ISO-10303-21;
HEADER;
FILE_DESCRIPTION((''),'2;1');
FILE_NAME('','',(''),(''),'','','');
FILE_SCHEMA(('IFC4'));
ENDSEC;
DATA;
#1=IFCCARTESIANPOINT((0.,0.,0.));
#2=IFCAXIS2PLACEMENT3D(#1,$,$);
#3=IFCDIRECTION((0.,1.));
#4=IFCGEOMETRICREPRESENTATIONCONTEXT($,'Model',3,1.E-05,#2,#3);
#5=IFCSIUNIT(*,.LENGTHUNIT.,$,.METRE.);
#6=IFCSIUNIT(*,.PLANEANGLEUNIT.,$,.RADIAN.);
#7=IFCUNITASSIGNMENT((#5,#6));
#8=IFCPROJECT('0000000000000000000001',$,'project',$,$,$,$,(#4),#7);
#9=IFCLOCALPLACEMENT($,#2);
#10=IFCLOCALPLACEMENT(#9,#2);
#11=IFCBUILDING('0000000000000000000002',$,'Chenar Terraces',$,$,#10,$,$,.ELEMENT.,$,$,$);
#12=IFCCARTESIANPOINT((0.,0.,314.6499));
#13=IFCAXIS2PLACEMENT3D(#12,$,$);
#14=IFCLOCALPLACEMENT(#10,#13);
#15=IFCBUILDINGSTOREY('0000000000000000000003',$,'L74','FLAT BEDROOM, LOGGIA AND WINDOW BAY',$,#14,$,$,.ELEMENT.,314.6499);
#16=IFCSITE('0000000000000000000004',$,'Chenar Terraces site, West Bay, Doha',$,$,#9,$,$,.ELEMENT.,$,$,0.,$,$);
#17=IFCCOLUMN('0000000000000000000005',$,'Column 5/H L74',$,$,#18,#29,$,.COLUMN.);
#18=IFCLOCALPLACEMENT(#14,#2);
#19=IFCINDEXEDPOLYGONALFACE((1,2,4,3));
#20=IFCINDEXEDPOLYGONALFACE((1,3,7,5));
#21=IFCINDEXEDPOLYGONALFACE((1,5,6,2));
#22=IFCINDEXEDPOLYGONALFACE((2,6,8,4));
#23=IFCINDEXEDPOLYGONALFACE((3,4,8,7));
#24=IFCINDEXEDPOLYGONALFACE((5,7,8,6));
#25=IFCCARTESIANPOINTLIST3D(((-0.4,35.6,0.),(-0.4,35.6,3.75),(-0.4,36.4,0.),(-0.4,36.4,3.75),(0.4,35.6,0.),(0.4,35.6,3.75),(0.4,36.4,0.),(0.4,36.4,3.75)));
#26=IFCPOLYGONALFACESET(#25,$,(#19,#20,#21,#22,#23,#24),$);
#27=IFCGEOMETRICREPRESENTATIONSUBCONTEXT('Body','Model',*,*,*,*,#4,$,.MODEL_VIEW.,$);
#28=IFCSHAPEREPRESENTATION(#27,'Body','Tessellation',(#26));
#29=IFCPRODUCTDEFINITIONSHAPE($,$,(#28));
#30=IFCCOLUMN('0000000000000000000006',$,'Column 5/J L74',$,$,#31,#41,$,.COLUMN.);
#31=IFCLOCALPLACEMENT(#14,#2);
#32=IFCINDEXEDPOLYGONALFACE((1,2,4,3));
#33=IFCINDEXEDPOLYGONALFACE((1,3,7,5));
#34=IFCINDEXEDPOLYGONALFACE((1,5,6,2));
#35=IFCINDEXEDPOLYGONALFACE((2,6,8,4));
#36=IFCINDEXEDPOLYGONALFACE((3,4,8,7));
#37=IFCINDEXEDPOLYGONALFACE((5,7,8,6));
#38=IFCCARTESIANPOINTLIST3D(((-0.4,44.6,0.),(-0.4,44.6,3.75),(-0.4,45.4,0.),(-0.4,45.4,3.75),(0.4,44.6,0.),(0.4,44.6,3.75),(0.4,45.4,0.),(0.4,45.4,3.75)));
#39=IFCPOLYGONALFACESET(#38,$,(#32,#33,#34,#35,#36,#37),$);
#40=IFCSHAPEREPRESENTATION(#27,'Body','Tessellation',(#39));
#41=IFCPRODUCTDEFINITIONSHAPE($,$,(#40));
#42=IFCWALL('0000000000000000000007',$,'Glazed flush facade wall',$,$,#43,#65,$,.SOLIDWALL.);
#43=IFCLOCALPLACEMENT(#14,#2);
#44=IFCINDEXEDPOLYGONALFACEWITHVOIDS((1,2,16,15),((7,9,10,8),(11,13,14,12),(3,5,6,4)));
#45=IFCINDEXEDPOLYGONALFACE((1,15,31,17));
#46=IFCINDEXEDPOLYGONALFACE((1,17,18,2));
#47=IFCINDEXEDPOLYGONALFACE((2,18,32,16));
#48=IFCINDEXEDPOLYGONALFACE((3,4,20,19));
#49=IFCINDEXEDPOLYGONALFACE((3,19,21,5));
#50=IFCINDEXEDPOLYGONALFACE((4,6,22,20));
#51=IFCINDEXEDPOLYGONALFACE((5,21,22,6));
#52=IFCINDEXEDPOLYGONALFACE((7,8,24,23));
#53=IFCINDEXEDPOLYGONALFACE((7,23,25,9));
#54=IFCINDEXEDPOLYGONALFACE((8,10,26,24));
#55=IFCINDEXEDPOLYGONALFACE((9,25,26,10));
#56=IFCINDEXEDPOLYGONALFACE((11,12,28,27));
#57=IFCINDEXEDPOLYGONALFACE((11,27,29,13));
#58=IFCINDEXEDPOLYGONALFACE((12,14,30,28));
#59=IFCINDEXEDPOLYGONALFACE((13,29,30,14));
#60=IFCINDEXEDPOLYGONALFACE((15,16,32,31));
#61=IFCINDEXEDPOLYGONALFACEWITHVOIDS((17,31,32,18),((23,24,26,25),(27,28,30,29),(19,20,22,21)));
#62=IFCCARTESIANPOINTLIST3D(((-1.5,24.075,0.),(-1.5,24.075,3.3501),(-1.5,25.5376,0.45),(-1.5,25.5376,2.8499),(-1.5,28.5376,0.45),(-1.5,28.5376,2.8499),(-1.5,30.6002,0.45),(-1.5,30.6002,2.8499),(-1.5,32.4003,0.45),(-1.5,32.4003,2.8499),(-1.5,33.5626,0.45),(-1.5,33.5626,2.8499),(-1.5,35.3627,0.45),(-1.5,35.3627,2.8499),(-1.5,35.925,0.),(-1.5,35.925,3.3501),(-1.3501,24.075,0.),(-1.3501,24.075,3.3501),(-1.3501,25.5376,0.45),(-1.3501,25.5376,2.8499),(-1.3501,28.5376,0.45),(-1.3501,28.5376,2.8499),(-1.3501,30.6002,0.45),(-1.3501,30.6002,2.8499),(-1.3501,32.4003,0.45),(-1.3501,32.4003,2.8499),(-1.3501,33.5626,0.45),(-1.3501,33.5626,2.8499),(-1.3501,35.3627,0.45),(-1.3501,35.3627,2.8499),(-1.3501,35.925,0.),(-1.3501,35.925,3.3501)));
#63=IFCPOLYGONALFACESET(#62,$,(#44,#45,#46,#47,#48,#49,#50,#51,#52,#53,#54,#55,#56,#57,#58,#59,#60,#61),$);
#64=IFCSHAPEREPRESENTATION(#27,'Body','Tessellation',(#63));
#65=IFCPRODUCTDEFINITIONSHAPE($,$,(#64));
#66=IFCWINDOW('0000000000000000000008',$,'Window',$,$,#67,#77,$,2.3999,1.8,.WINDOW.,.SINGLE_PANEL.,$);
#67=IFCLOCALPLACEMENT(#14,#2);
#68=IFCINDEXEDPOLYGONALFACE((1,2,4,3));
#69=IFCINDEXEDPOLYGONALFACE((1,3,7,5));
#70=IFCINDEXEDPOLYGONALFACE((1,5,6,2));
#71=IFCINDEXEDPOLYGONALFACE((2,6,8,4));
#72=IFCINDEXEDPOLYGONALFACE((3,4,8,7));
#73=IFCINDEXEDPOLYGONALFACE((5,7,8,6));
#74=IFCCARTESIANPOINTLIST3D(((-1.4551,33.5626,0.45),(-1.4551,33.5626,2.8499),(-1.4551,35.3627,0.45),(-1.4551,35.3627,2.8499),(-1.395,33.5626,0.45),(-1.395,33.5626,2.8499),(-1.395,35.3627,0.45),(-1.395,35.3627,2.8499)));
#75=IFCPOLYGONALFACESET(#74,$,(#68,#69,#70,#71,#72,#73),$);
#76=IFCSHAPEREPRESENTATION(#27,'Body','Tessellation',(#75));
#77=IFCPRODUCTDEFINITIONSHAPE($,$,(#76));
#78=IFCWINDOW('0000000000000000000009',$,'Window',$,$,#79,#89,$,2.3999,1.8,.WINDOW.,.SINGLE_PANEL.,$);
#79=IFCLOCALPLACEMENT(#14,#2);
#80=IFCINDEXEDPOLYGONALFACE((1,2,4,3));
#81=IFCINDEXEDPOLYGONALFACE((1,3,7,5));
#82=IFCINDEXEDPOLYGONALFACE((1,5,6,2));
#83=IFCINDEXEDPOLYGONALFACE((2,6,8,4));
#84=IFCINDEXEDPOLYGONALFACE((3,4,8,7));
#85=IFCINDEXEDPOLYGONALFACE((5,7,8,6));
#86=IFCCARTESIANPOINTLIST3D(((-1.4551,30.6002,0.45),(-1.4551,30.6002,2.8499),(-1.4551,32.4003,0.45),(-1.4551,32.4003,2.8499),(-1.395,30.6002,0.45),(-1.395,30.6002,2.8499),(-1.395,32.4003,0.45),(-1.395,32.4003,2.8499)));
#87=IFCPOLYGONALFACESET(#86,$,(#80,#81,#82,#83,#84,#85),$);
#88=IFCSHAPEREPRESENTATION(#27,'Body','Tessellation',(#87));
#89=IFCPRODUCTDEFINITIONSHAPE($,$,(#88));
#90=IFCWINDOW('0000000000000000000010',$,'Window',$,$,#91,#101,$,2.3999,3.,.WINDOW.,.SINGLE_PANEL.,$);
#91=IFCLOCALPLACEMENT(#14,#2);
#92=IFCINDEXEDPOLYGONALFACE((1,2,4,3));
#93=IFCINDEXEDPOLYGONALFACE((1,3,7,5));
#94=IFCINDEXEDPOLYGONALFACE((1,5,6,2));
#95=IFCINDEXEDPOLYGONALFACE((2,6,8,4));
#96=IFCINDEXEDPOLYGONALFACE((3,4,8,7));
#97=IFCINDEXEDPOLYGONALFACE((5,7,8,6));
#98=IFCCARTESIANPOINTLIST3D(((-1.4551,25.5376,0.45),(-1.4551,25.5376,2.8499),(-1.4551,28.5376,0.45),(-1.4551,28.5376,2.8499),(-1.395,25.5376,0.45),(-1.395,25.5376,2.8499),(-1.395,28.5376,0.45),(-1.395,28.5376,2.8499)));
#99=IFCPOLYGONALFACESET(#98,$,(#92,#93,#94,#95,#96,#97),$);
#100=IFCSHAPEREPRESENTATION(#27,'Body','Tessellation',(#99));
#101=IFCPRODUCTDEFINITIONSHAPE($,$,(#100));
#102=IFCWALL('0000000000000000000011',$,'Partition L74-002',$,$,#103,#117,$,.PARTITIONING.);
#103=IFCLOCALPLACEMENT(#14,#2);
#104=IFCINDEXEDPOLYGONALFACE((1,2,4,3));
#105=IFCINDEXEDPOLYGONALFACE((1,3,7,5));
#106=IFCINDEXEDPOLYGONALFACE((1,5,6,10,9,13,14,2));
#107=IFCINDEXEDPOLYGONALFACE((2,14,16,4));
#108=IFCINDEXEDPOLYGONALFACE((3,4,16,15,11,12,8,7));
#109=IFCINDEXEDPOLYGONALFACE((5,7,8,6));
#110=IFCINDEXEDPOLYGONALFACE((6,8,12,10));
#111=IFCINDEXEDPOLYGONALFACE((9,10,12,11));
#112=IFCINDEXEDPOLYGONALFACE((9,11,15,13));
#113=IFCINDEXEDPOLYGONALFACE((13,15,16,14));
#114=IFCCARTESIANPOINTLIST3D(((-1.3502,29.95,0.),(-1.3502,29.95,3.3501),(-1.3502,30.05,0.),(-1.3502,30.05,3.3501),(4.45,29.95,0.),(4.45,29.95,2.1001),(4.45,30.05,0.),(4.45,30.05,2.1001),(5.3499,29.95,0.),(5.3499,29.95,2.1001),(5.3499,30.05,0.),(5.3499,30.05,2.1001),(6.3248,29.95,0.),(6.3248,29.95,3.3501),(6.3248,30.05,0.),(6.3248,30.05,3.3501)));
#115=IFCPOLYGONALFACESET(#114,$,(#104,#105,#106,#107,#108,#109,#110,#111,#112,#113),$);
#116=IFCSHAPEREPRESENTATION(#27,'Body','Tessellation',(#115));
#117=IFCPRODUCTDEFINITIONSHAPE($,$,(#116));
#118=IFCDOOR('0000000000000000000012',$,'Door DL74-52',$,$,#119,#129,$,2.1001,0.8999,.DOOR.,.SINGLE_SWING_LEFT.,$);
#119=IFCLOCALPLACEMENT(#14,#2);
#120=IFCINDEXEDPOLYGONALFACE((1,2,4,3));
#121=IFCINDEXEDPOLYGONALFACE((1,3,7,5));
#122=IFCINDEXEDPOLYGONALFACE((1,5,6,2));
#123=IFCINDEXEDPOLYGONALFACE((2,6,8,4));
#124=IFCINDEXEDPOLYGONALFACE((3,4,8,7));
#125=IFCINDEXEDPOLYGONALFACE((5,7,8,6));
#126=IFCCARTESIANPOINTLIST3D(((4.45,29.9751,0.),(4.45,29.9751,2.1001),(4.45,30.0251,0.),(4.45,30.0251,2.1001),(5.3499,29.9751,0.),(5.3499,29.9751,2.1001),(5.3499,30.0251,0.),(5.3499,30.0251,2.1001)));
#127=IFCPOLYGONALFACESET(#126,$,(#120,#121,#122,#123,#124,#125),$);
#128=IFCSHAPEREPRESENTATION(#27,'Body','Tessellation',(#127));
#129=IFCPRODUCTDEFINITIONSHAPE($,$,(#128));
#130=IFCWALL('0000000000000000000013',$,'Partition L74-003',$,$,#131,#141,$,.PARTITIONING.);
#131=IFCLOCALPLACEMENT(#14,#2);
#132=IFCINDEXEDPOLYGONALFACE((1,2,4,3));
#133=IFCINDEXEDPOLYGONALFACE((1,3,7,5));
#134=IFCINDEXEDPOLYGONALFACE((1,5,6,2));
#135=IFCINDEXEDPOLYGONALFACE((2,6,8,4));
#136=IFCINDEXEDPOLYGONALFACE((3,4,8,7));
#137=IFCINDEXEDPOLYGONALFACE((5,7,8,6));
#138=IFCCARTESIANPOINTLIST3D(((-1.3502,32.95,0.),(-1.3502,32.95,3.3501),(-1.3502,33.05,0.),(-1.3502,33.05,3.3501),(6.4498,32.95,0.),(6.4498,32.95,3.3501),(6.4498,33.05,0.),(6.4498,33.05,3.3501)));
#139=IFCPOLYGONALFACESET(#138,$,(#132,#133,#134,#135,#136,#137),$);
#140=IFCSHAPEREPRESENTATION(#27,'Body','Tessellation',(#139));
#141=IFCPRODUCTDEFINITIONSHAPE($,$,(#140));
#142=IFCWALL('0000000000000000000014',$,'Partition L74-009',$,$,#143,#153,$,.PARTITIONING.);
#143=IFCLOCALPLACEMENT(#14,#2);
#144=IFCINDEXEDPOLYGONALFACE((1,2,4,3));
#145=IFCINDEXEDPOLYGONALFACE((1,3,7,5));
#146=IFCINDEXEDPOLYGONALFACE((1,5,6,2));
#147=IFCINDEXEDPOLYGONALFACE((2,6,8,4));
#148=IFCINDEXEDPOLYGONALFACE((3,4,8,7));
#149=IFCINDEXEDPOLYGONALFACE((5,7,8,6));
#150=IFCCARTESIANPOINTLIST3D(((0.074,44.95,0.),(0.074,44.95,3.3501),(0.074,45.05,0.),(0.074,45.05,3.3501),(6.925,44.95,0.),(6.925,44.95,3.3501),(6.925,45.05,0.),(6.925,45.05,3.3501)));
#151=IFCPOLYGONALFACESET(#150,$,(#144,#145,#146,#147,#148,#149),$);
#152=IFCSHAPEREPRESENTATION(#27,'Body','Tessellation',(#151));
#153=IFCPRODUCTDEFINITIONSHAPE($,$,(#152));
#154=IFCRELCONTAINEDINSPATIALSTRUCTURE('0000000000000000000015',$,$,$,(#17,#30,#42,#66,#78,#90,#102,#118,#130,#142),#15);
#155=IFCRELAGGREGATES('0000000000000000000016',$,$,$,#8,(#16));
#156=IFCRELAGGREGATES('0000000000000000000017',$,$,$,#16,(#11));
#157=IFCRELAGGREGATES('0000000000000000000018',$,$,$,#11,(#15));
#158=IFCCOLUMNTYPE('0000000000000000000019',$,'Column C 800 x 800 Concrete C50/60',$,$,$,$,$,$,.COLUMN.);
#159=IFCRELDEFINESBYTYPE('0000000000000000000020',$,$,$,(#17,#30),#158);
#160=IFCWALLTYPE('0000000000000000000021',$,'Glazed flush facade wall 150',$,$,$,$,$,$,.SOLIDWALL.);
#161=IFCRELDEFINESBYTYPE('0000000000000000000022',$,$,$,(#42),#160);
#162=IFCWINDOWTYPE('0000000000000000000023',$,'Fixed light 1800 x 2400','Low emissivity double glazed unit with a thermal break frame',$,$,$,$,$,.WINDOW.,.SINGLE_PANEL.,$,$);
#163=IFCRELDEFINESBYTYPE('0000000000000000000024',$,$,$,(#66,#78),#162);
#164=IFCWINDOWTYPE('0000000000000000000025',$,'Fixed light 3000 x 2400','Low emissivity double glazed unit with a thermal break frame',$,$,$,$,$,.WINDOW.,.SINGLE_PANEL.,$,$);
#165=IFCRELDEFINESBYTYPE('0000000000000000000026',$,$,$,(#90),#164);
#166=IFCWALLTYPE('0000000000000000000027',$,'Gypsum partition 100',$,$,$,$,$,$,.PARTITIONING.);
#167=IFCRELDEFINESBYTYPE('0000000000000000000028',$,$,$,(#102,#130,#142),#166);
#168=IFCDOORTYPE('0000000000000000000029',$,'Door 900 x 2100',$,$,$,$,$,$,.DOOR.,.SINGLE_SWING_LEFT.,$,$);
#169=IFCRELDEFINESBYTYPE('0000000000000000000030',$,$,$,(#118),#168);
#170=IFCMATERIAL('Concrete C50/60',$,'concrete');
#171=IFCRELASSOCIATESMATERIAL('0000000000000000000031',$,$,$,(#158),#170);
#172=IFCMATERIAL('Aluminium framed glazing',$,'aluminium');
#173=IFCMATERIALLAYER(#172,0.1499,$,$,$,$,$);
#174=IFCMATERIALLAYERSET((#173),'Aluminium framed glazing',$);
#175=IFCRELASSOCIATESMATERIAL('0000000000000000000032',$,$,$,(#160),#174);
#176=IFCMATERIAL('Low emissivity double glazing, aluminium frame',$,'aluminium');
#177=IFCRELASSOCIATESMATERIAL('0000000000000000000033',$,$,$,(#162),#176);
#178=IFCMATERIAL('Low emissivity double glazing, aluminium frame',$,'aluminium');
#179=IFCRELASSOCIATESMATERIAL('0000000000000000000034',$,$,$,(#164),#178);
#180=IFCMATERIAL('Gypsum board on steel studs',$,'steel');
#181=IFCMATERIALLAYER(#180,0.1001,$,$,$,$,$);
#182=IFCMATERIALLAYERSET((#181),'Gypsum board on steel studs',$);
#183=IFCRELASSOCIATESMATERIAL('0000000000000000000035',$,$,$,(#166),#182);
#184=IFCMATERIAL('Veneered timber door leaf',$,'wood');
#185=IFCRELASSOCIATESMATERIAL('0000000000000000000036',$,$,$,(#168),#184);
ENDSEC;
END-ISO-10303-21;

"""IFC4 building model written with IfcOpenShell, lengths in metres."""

from ifc_helpers import new_model, si_unit, direction, frame, frame_2d, origin, origin_2d, place, context, subcontext, project, spatial, rectangle, extrude, material, layer, layer_set, material_profile, profile_set, type_object, element, fill, save


model = new_model("IFC4")

# Units and contexts
model_context = context("Model", 3, precision=1e-05, world=origin(), true_north=direction((0.0, 1.0)))
body_context = subcontext(model_context, "Body", "Model", "MODEL_VIEW")
ifc_project = project(units=[si_unit("LENGTHUNIT", "METRE"), si_unit("PLANEANGLEUNIT", "RADIAN")], contexts=[model_context])

# Site, building, storey
site_placement = place(None, origin())
site = spatial("IfcSite", under=ifc_project, at=site_placement, Name="Chenar Terraces site, West Bay, Doha", CompositionType="ELEMENT", RefElevation=0.0)
building_placement = place(site_placement, origin())
building = spatial("IfcBuilding", under=site, at=building_placement, Name="Chenar Terraces", CompositionType="ELEMENT")
storey_placement = place(building_placement, frame((0.0, 0.0, 314.6499)))
storey = spatial("IfcBuildingStorey", under=building, at=storey_placement, Name="L74", Description="FLAT BEDROOM, LOGGIA AND WINDOW BAY", CompositionType="ELEMENT", Elevation=314.6499)

# Columns
ifc_material_1 = material(Name="Concrete C50/60", Category="concrete")
ifc_material_profile = material_profile(ifc_material_1, rectangle(XDim=0.8, YDim=0.8, at=origin_2d()), Name="C 800 x 800")
ifc_profile_set = profile_set([ifc_material_profile], Name="Concrete C50/60")
column_type = type_object("IfcColumnType", Name="Column C 800 x 800 Concrete C50/60", PredefinedType="COLUMN", material=ifc_profile_set)
placement = place(storey_placement, frame((0.0, 36.0, 0.0), z_axis=(0.0, 0.0, 1.0), x_axis=(1.0, 0.0, 0.0)))
element("IfcColumn", 1, at=placement, inside=storey, type_object=column_type, Name="Column 5/H L74", PredefinedType="COLUMN", context=body_context, shape_type="SweptSolid", body=[
    extrude(rectangle(XDim=0.8, YDim=0.8, at=origin_2d()), origin(), (0.0, 0.0, 1.0), 3.75),
])
column_1_placement = place(storey_placement, frame((0.0, 45.0, 0.0), z_axis=(0.0, 0.0, 1.0), x_axis=(1.0, 0.0, 0.0)))
element("IfcColumn", 2, at=column_1_placement, inside=storey, type_object=column_type, Name="Column 5/J L74", PredefinedType="COLUMN", context=body_context, shape_type="SweptSolid", body=[
    extrude(rectangle(XDim=0.8, YDim=0.8, at=origin_2d()), origin(), (0.0, 0.0, 1.0), 3.75),
])

# Wall, openings, windows
ifc_material_2 = material(Name="Aluminium framed glazing", Category="aluminium")
ifc_layer_1 = layer(ifc_material_2, 0.1499)
ifc_layer_set_1 = layer_set([ifc_layer_1], Name="Aluminium framed glazing")
wall_type_1 = type_object("IfcWallType", Name="Glazed flush facade wall 150", PredefinedType="SOLIDWALL", material=ifc_layer_set_1)
wall_1_placement = place(storey_placement, frame((-1.425, 35.925, 0.0), z_axis=(0.0, 0.0, 1.0), x_axis=(0.0, -1.0, 0.0)))
wall_1 = element("IfcWall", 3, at=wall_1_placement, inside=storey, type_object=wall_type_1, Name="Glazed flush facade wall", PredefinedType="SOLIDWALL", context=body_context, shape_type="SweptSolid", body=[
    extrude(rectangle(XDim=11.8501, YDim=0.1499, at=frame_2d((5.925, 0.0))), origin(), (0.0, 0.0, 1.0), 3.3501),
])
opening_1_placement = place(wall_1_placement, frame((0.5625, 0.0, 0.45)))
opening_1 = element("IfcOpeningElement", 4, at=opening_1_placement, cuts=wall_1, PredefinedType="OPENING", context=body_context, shape_type="SweptSolid", body=[
    extrude(rectangle(XDim=1.8, YDim=2.3999, at=frame_2d((0.8999, 1.2))), frame((0.0, 0.085, 0.0), z_axis=(0.0, -1.0, 0.0), x_axis=(1.0, 0.0, 0.0)), (0.0, 0.0, 1.0), 0.1699),
])
opening_2_placement = place(wall_1_placement, frame((3.5249, 0.0, 0.45)))
opening_2 = element("IfcOpeningElement", 5, at=opening_2_placement, cuts=wall_1, PredefinedType="OPENING", context=body_context, shape_type="SweptSolid", body=[
    extrude(rectangle(XDim=1.8, YDim=2.3999, at=frame_2d((0.8999, 1.2))), frame((0.0, 0.085, 0.0), z_axis=(0.0, -1.0, 0.0), x_axis=(1.0, 0.0, 0.0)), (0.0, 0.0, 1.0), 0.1699),
])
opening_3_placement = place(wall_1_placement, frame((7.3875, 0.0, 0.45)))
opening_3 = element("IfcOpeningElement", 6, at=opening_3_placement, cuts=wall_1, PredefinedType="OPENING", context=body_context, shape_type="SweptSolid", body=[
    extrude(rectangle(XDim=3.0, YDim=2.3999, at=frame_2d((1.5, 1.2))), frame((0.0, 0.085, 0.0), z_axis=(0.0, -1.0, 0.0), x_axis=(1.0, 0.0, 0.0)), (0.0, 0.0, 1.0), 0.1699),
])
ifc_material_3 = material(Name="Low emissivity double glazing, aluminium frame", Category="aluminium")
window_type_1 = type_object("IfcWindowType", Name="Fixed light 1800 x 2400", Description="Low emissivity double glazed unit with a thermal break frame", PartitioningType="SINGLE_PANEL", PredefinedType="WINDOW", material=ifc_material_3)
window_1_placement = place(opening_1_placement, origin())
window_1 = element("IfcWindow", 7, at=window_1_placement, inside=storey, type_object=window_type_1, Name="Window", OverallHeight=2.3999, OverallWidth=1.8, PartitioningType="SINGLE_PANEL", PredefinedType="WINDOW", context=body_context, shape_type="SweptSolid", body=[
    extrude(rectangle(XDim=1.8, YDim=2.3999, at=frame_2d((0.8999, 1.2))), frame((0.0, 0.03, 0.0), z_axis=(0.0, -1.0, 0.0), x_axis=(1.0, 0.0, 0.0)), (0.0, 0.0, 1.0), 0.0601),
])
fill(opening_1, window_1)
window_2_placement = place(opening_2_placement, origin())
window_2 = element("IfcWindow", 8, at=window_2_placement, inside=storey, type_object=window_type_1, Name="Window", OverallHeight=2.3999, OverallWidth=1.8, PartitioningType="SINGLE_PANEL", PredefinedType="WINDOW", context=body_context, shape_type="SweptSolid", body=[
    extrude(rectangle(XDim=1.8, YDim=2.3999, at=frame_2d((0.8999, 1.2))), frame((0.0, 0.03, 0.0), z_axis=(0.0, -1.0, 0.0), x_axis=(1.0, 0.0, 0.0)), (0.0, 0.0, 1.0), 0.0601),
])
fill(opening_2, window_2)
ifc_material_4 = material(Name="Low emissivity double glazing, aluminium frame", Category="aluminium")
window_type_2 = type_object("IfcWindowType", Name="Fixed light 3000 x 2400", Description="Low emissivity double glazed unit with a thermal break frame", PartitioningType="SINGLE_PANEL", PredefinedType="WINDOW", material=ifc_material_4)
window_3_placement = place(opening_3_placement, origin())
window_3 = element("IfcWindow", 9, at=window_3_placement, inside=storey, type_object=window_type_2, Name="Window", OverallHeight=2.3999, OverallWidth=3.0, PartitioningType="SINGLE_PANEL", PredefinedType="WINDOW", context=body_context, shape_type="SweptSolid", body=[
    extrude(rectangle(XDim=3.0, YDim=2.3999, at=frame_2d((1.5, 1.2))), frame((0.0, 0.03, 0.0), z_axis=(0.0, -1.0, 0.0), x_axis=(1.0, 0.0, 0.0)), (0.0, 0.0, 1.0), 0.0601),
])
fill(opening_3, window_3)

# Wall, opening, door
ifc_material_5 = material(Name="Gypsum board on steel studs", Category="steel")
ifc_layer_2 = layer(ifc_material_5, 0.1001)
ifc_layer_set_2 = layer_set([ifc_layer_2], Name="Gypsum board on steel studs")
wall_type_2 = type_object("IfcWallType", Name="Gypsum partition 100", PredefinedType="PARTITIONING", material=ifc_layer_set_2)
wall_2_placement = place(storey_placement, frame((-1.3501, 30.0, 0.0), z_axis=(0.0, 0.0, 1.0), x_axis=(1.0, 0.0, 0.0)))
wall_2 = element("IfcWall", 10, at=wall_2_placement, inside=storey, type_object=wall_type_2, Name="Partition L74-002", PredefinedType="PARTITIONING", context=body_context, shape_type="SweptSolid", body=[
    extrude(rectangle(XDim=7.675, YDim=0.1001, at=frame_2d((3.8374, 0.0))), origin(), (0.0, 0.0, 1.0), 3.3501),
])
opening_4_placement = place(wall_2_placement, frame((5.8, 0.0, 0.0)))
opening_4 = element("IfcOpeningElement", 11, at=opening_4_placement, cuts=wall_2, PredefinedType="OPENING", context=body_context, shape_type="SweptSolid", body=[
    extrude(rectangle(XDim=0.8999, YDim=2.1001, at=frame_2d((0.45, 1.05))), frame((0.0, 0.0601, 0.0), z_axis=(0.0, -1.0, 0.0), x_axis=(1.0, 0.0, 0.0)), (0.0, 0.0, 1.0), 0.1201),
])
ifc_material_6 = material(Name="Veneered timber door leaf", Category="wood")
door_type_1 = type_object("IfcDoorType", Name="Door 900 x 2100", OperationType="SINGLE_SWING_LEFT", PredefinedType="DOOR", material=ifc_material_6)
door_1_placement = place(opening_4_placement, frame((0.8999, 0.0, 0.0), z_axis=(0.0, 0.0, 1.0), x_axis=(-1.0, 0.0, 0.0)))
door_1 = element("IfcDoor", 12, at=door_1_placement, inside=storey, type_object=door_type_1, Name="Door DL74-52", OperationType="SINGLE_SWING_LEFT", OverallHeight=2.1001, OverallWidth=0.8999, PredefinedType="DOOR", context=body_context, shape_type="SweptSolid", body=[
    extrude(rectangle(XDim=0.8999, YDim=2.1001, at=frame_2d((0.45, 1.05))), frame((0.0, 0.0249, 0.0), z_axis=(0.0, -1.0, 0.0), x_axis=(1.0, 0.0, 0.0)), (0.0, 0.0, 1.0), 0.05),
])
fill(opening_4, door_1)

# Walls
wall_3_placement = place(storey_placement, frame((-1.3501, 33.0, 0.0), z_axis=(0.0, 0.0, 1.0), x_axis=(1.0, 0.0, 0.0)))
element("IfcWall", 13, at=wall_3_placement, inside=storey, type_object=wall_type_2, Name="Partition L74-003", PredefinedType="PARTITIONING", context=body_context, shape_type="SweptSolid", body=[
    extrude(rectangle(XDim=7.8, YDim=0.1001, at=frame_2d((3.8999, 0.0))), origin(), (0.0, 0.0, 1.0), 3.3501),
])
wall_4_placement = place(storey_placement, frame((0.074, 45.0, 0.0), z_axis=(0.0, 0.0, 1.0), x_axis=(1.0, 0.0, 0.0)))
element("IfcWall", 14, at=wall_4_placement, inside=storey, type_object=wall_type_2, Name="Partition L74-009", PredefinedType="PARTITIONING", context=body_context, shape_type="SweptSolid", body=[
    extrude(rectangle(XDim=6.8511, YDim=0.1001, at=frame_2d((3.4255, 0.0))), origin(), (0.0, 0.0, 1.0), 3.3501),
])

save(model, "model.ifc")
